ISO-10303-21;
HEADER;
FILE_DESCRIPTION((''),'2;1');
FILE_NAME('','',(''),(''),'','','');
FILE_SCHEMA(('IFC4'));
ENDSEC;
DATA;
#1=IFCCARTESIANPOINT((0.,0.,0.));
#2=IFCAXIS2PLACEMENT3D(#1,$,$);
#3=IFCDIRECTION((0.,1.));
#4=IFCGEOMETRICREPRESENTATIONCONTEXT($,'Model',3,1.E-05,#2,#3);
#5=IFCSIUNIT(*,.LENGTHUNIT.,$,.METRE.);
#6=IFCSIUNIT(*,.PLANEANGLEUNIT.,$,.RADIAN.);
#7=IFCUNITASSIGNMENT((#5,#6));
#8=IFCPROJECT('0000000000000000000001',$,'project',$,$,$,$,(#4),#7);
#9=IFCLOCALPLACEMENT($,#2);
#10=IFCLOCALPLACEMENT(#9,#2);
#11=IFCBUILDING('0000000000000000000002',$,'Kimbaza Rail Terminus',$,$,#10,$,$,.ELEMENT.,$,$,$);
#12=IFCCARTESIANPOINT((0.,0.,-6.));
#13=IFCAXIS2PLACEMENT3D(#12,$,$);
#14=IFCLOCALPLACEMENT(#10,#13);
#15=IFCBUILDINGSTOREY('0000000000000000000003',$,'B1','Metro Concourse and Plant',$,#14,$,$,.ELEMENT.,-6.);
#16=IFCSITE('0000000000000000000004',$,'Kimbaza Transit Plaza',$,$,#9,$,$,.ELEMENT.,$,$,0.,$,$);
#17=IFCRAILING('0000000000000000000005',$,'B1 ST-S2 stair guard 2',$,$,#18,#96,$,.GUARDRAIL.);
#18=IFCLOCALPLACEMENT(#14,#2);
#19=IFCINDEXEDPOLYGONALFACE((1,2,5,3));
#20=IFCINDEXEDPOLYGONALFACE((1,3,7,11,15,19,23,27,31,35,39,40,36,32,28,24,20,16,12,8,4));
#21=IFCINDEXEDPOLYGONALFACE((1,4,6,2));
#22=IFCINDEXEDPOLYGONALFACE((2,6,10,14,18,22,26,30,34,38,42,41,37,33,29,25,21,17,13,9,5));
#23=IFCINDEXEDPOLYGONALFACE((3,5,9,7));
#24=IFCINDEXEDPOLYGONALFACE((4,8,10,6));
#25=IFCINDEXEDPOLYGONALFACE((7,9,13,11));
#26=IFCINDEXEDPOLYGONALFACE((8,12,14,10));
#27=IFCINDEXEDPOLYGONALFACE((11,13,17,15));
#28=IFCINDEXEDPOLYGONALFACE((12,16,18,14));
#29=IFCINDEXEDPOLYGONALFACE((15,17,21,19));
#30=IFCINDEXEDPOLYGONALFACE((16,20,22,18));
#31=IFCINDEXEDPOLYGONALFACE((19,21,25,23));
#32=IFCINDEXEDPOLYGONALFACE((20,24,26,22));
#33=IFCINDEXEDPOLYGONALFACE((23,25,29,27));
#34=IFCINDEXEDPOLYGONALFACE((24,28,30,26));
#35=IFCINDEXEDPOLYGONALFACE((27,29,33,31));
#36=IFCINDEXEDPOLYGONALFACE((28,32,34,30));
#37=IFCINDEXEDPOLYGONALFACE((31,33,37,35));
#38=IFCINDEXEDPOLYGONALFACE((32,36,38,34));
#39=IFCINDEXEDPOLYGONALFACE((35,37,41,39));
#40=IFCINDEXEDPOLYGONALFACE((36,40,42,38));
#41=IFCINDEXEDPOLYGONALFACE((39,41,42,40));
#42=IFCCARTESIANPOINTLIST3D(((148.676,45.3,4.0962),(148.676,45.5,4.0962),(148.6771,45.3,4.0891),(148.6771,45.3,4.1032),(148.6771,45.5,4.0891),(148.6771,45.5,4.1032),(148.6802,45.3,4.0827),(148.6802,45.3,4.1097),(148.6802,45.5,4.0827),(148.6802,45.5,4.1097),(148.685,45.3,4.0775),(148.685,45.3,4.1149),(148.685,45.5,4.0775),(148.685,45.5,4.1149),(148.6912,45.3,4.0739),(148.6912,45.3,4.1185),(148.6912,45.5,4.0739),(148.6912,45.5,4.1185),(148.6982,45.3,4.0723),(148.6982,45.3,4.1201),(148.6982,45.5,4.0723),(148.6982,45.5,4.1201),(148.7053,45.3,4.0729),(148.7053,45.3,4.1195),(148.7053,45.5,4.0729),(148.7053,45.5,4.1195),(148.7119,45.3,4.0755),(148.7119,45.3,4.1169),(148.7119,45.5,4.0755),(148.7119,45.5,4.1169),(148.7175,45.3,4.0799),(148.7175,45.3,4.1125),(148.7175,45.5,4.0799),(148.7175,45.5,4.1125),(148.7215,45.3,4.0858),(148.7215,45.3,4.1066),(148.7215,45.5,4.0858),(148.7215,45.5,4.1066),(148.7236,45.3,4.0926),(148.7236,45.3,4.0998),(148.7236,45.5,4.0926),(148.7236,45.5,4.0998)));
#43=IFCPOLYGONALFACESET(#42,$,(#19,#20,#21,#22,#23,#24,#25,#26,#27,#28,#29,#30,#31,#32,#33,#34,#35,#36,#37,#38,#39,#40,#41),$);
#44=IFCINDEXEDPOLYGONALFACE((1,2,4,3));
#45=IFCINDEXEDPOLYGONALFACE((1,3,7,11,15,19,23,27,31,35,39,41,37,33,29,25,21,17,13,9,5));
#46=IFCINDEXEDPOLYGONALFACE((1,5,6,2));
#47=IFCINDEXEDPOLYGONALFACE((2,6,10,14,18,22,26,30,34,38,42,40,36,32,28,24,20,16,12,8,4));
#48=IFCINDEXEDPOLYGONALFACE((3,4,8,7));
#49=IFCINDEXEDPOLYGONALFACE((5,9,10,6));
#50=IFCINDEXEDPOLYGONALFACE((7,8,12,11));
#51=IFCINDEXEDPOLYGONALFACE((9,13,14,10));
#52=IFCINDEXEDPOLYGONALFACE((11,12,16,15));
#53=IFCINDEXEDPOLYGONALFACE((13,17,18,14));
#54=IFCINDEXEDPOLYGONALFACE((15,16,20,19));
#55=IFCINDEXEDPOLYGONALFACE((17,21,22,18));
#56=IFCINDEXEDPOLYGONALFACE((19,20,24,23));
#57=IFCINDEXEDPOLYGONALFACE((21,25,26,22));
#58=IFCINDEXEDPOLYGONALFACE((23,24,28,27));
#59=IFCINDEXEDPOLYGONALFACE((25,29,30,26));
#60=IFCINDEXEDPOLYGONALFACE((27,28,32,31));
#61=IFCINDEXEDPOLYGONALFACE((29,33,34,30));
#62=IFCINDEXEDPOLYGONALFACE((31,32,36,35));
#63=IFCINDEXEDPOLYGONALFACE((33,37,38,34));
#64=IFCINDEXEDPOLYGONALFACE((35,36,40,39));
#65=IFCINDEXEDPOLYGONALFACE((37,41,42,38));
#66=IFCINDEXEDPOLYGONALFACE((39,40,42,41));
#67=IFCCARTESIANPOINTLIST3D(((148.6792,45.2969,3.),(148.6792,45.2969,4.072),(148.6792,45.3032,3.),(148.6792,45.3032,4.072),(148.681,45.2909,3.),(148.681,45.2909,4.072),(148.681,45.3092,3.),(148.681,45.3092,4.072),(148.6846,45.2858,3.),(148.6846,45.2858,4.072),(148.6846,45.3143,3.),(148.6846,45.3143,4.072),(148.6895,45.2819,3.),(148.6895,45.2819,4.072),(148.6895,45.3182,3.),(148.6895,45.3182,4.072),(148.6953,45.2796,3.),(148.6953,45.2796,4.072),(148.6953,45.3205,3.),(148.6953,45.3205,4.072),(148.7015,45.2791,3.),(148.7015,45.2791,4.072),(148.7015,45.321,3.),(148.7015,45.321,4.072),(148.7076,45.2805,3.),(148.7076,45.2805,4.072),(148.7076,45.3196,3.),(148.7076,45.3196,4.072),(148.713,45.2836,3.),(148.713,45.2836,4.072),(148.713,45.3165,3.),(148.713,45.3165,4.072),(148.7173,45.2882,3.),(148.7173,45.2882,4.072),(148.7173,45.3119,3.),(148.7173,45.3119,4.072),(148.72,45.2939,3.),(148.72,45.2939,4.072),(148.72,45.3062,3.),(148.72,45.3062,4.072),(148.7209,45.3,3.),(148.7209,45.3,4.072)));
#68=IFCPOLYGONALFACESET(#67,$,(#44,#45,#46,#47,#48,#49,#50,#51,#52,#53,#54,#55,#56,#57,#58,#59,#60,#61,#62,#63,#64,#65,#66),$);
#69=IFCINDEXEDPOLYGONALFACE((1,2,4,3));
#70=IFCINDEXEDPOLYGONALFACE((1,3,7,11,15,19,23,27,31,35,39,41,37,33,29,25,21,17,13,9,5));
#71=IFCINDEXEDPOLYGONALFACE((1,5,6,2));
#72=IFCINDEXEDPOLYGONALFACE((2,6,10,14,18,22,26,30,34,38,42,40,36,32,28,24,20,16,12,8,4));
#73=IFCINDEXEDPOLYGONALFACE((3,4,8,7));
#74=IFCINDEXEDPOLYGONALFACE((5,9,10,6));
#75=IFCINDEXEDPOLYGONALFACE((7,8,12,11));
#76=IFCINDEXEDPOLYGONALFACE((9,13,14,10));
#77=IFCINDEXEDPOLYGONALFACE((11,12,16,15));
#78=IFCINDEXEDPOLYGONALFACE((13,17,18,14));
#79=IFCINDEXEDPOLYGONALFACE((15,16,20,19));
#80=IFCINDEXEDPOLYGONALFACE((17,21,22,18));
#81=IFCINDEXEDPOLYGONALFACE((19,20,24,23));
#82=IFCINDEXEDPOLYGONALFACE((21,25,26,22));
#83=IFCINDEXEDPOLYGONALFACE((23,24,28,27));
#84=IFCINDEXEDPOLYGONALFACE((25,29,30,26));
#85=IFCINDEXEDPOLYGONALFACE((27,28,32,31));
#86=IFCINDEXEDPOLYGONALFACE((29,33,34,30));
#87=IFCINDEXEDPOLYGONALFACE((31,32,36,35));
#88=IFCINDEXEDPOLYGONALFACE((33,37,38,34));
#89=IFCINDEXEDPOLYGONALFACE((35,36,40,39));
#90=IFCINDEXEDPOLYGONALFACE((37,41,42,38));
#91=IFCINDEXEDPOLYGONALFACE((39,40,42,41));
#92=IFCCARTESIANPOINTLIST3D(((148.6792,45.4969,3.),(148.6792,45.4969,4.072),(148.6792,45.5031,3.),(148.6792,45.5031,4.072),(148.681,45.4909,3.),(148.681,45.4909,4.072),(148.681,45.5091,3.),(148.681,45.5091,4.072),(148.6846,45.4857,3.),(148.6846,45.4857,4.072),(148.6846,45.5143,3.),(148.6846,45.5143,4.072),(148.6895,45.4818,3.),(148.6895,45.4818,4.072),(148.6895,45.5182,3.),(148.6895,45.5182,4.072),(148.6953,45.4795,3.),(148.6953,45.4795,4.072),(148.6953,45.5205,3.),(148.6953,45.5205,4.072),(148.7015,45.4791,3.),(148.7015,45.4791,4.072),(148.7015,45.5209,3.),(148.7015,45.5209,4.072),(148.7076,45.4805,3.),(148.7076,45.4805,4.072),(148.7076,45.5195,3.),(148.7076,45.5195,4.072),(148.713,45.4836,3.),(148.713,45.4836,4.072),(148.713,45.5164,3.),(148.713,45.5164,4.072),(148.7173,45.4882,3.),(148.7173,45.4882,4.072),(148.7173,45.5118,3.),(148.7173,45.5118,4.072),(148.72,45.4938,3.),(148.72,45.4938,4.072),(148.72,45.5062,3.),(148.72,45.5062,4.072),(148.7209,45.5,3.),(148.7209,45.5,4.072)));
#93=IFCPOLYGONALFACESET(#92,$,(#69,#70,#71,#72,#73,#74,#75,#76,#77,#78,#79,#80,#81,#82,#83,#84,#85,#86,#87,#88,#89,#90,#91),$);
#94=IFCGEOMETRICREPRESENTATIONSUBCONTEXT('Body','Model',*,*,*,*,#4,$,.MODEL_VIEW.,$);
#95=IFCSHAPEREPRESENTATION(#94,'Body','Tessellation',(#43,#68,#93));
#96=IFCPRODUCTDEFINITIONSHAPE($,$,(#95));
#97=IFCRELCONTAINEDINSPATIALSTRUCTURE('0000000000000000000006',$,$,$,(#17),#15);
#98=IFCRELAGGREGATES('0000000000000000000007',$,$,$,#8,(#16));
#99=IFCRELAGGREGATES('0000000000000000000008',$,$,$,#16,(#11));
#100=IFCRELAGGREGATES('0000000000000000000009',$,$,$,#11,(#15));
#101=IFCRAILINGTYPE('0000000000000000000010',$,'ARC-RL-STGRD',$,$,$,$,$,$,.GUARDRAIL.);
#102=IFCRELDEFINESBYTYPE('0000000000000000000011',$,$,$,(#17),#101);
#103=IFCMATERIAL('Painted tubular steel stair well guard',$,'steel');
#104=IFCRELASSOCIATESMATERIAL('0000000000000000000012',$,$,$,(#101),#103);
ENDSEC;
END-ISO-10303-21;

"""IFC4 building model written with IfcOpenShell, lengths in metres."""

from ifc_helpers import new_model, si_unit, direction, frame, origin, origin_2d, place, context, subcontext, project, spatial, circle, extrude, material, type_object, element, save


model = new_model("IFC4")

# Units and contexts
model_context = context("Model", 3, precision=1e-05, world=origin(), true_north=direction((0.0, 1.0)))
body_context = subcontext(model_context, "Body", "Model", "MODEL_VIEW")
ifc_project = project(units=[si_unit("LENGTHUNIT", "METRE"), si_unit("PLANEANGLEUNIT", "RADIAN")], contexts=[model_context])

# Site, building, storey
site_placement = place(None, origin())
site = spatial("IfcSite", under=ifc_project, at=site_placement, Name="Kimbaza Transit Plaza", CompositionType="ELEMENT", RefElevation=0.0)
building_placement = place(site_placement, origin())
building = spatial("IfcBuilding", under=site, at=building_placement, Name="Kimbaza Rail Terminus", CompositionType="ELEMENT")
storey_placement = place(building_placement, frame((0.0, 0.0, -6.0)))
storey = spatial("IfcBuildingStorey", under=building, at=storey_placement, Name="B1", Description="Metro Concourse and Plant", CompositionType="ELEMENT", Elevation=-6.0)

# Railing
ifc_material_1 = material(Name="Painted tubular steel stair well guard", Category="steel")
railing_type_1 = type_object("IfcRailingType", Name="ARC-RL-STGRD", PredefinedType="GUARDRAIL", material=ifc_material_1)
railing_1_placement = place(storey_placement, frame((148.7, 45.3, 3.0)))
element("IfcRailing", 1, at=railing_1_placement, inside=storey, type_object=railing_type_1, Name="B1 ST-S2 stair guard 2", PredefinedType="GUARDRAIL", context=body_context, shape_type="SweptSolid", body=[
    extrude(circle(Radius=0.0239, at=origin_2d()), frame((0.0, 0.0, 1.0962), z_axis=(0.0, 1.0, 0.0), x_axis=(-1.0, 0.0, 0.0)), (0.0, 0.0, 1.0), 0.2),
    extrude(circle(Radius=0.021, at=origin_2d()), origin(), (0.0, 0.0, 1.0), 1.072),
    extrude(circle(Radius=0.021, at=origin_2d()), frame((0.0, 0.2, 0.0)), (0.0, 0.0, 1.0), 1.072),
])

save(model, "model.ifc")
